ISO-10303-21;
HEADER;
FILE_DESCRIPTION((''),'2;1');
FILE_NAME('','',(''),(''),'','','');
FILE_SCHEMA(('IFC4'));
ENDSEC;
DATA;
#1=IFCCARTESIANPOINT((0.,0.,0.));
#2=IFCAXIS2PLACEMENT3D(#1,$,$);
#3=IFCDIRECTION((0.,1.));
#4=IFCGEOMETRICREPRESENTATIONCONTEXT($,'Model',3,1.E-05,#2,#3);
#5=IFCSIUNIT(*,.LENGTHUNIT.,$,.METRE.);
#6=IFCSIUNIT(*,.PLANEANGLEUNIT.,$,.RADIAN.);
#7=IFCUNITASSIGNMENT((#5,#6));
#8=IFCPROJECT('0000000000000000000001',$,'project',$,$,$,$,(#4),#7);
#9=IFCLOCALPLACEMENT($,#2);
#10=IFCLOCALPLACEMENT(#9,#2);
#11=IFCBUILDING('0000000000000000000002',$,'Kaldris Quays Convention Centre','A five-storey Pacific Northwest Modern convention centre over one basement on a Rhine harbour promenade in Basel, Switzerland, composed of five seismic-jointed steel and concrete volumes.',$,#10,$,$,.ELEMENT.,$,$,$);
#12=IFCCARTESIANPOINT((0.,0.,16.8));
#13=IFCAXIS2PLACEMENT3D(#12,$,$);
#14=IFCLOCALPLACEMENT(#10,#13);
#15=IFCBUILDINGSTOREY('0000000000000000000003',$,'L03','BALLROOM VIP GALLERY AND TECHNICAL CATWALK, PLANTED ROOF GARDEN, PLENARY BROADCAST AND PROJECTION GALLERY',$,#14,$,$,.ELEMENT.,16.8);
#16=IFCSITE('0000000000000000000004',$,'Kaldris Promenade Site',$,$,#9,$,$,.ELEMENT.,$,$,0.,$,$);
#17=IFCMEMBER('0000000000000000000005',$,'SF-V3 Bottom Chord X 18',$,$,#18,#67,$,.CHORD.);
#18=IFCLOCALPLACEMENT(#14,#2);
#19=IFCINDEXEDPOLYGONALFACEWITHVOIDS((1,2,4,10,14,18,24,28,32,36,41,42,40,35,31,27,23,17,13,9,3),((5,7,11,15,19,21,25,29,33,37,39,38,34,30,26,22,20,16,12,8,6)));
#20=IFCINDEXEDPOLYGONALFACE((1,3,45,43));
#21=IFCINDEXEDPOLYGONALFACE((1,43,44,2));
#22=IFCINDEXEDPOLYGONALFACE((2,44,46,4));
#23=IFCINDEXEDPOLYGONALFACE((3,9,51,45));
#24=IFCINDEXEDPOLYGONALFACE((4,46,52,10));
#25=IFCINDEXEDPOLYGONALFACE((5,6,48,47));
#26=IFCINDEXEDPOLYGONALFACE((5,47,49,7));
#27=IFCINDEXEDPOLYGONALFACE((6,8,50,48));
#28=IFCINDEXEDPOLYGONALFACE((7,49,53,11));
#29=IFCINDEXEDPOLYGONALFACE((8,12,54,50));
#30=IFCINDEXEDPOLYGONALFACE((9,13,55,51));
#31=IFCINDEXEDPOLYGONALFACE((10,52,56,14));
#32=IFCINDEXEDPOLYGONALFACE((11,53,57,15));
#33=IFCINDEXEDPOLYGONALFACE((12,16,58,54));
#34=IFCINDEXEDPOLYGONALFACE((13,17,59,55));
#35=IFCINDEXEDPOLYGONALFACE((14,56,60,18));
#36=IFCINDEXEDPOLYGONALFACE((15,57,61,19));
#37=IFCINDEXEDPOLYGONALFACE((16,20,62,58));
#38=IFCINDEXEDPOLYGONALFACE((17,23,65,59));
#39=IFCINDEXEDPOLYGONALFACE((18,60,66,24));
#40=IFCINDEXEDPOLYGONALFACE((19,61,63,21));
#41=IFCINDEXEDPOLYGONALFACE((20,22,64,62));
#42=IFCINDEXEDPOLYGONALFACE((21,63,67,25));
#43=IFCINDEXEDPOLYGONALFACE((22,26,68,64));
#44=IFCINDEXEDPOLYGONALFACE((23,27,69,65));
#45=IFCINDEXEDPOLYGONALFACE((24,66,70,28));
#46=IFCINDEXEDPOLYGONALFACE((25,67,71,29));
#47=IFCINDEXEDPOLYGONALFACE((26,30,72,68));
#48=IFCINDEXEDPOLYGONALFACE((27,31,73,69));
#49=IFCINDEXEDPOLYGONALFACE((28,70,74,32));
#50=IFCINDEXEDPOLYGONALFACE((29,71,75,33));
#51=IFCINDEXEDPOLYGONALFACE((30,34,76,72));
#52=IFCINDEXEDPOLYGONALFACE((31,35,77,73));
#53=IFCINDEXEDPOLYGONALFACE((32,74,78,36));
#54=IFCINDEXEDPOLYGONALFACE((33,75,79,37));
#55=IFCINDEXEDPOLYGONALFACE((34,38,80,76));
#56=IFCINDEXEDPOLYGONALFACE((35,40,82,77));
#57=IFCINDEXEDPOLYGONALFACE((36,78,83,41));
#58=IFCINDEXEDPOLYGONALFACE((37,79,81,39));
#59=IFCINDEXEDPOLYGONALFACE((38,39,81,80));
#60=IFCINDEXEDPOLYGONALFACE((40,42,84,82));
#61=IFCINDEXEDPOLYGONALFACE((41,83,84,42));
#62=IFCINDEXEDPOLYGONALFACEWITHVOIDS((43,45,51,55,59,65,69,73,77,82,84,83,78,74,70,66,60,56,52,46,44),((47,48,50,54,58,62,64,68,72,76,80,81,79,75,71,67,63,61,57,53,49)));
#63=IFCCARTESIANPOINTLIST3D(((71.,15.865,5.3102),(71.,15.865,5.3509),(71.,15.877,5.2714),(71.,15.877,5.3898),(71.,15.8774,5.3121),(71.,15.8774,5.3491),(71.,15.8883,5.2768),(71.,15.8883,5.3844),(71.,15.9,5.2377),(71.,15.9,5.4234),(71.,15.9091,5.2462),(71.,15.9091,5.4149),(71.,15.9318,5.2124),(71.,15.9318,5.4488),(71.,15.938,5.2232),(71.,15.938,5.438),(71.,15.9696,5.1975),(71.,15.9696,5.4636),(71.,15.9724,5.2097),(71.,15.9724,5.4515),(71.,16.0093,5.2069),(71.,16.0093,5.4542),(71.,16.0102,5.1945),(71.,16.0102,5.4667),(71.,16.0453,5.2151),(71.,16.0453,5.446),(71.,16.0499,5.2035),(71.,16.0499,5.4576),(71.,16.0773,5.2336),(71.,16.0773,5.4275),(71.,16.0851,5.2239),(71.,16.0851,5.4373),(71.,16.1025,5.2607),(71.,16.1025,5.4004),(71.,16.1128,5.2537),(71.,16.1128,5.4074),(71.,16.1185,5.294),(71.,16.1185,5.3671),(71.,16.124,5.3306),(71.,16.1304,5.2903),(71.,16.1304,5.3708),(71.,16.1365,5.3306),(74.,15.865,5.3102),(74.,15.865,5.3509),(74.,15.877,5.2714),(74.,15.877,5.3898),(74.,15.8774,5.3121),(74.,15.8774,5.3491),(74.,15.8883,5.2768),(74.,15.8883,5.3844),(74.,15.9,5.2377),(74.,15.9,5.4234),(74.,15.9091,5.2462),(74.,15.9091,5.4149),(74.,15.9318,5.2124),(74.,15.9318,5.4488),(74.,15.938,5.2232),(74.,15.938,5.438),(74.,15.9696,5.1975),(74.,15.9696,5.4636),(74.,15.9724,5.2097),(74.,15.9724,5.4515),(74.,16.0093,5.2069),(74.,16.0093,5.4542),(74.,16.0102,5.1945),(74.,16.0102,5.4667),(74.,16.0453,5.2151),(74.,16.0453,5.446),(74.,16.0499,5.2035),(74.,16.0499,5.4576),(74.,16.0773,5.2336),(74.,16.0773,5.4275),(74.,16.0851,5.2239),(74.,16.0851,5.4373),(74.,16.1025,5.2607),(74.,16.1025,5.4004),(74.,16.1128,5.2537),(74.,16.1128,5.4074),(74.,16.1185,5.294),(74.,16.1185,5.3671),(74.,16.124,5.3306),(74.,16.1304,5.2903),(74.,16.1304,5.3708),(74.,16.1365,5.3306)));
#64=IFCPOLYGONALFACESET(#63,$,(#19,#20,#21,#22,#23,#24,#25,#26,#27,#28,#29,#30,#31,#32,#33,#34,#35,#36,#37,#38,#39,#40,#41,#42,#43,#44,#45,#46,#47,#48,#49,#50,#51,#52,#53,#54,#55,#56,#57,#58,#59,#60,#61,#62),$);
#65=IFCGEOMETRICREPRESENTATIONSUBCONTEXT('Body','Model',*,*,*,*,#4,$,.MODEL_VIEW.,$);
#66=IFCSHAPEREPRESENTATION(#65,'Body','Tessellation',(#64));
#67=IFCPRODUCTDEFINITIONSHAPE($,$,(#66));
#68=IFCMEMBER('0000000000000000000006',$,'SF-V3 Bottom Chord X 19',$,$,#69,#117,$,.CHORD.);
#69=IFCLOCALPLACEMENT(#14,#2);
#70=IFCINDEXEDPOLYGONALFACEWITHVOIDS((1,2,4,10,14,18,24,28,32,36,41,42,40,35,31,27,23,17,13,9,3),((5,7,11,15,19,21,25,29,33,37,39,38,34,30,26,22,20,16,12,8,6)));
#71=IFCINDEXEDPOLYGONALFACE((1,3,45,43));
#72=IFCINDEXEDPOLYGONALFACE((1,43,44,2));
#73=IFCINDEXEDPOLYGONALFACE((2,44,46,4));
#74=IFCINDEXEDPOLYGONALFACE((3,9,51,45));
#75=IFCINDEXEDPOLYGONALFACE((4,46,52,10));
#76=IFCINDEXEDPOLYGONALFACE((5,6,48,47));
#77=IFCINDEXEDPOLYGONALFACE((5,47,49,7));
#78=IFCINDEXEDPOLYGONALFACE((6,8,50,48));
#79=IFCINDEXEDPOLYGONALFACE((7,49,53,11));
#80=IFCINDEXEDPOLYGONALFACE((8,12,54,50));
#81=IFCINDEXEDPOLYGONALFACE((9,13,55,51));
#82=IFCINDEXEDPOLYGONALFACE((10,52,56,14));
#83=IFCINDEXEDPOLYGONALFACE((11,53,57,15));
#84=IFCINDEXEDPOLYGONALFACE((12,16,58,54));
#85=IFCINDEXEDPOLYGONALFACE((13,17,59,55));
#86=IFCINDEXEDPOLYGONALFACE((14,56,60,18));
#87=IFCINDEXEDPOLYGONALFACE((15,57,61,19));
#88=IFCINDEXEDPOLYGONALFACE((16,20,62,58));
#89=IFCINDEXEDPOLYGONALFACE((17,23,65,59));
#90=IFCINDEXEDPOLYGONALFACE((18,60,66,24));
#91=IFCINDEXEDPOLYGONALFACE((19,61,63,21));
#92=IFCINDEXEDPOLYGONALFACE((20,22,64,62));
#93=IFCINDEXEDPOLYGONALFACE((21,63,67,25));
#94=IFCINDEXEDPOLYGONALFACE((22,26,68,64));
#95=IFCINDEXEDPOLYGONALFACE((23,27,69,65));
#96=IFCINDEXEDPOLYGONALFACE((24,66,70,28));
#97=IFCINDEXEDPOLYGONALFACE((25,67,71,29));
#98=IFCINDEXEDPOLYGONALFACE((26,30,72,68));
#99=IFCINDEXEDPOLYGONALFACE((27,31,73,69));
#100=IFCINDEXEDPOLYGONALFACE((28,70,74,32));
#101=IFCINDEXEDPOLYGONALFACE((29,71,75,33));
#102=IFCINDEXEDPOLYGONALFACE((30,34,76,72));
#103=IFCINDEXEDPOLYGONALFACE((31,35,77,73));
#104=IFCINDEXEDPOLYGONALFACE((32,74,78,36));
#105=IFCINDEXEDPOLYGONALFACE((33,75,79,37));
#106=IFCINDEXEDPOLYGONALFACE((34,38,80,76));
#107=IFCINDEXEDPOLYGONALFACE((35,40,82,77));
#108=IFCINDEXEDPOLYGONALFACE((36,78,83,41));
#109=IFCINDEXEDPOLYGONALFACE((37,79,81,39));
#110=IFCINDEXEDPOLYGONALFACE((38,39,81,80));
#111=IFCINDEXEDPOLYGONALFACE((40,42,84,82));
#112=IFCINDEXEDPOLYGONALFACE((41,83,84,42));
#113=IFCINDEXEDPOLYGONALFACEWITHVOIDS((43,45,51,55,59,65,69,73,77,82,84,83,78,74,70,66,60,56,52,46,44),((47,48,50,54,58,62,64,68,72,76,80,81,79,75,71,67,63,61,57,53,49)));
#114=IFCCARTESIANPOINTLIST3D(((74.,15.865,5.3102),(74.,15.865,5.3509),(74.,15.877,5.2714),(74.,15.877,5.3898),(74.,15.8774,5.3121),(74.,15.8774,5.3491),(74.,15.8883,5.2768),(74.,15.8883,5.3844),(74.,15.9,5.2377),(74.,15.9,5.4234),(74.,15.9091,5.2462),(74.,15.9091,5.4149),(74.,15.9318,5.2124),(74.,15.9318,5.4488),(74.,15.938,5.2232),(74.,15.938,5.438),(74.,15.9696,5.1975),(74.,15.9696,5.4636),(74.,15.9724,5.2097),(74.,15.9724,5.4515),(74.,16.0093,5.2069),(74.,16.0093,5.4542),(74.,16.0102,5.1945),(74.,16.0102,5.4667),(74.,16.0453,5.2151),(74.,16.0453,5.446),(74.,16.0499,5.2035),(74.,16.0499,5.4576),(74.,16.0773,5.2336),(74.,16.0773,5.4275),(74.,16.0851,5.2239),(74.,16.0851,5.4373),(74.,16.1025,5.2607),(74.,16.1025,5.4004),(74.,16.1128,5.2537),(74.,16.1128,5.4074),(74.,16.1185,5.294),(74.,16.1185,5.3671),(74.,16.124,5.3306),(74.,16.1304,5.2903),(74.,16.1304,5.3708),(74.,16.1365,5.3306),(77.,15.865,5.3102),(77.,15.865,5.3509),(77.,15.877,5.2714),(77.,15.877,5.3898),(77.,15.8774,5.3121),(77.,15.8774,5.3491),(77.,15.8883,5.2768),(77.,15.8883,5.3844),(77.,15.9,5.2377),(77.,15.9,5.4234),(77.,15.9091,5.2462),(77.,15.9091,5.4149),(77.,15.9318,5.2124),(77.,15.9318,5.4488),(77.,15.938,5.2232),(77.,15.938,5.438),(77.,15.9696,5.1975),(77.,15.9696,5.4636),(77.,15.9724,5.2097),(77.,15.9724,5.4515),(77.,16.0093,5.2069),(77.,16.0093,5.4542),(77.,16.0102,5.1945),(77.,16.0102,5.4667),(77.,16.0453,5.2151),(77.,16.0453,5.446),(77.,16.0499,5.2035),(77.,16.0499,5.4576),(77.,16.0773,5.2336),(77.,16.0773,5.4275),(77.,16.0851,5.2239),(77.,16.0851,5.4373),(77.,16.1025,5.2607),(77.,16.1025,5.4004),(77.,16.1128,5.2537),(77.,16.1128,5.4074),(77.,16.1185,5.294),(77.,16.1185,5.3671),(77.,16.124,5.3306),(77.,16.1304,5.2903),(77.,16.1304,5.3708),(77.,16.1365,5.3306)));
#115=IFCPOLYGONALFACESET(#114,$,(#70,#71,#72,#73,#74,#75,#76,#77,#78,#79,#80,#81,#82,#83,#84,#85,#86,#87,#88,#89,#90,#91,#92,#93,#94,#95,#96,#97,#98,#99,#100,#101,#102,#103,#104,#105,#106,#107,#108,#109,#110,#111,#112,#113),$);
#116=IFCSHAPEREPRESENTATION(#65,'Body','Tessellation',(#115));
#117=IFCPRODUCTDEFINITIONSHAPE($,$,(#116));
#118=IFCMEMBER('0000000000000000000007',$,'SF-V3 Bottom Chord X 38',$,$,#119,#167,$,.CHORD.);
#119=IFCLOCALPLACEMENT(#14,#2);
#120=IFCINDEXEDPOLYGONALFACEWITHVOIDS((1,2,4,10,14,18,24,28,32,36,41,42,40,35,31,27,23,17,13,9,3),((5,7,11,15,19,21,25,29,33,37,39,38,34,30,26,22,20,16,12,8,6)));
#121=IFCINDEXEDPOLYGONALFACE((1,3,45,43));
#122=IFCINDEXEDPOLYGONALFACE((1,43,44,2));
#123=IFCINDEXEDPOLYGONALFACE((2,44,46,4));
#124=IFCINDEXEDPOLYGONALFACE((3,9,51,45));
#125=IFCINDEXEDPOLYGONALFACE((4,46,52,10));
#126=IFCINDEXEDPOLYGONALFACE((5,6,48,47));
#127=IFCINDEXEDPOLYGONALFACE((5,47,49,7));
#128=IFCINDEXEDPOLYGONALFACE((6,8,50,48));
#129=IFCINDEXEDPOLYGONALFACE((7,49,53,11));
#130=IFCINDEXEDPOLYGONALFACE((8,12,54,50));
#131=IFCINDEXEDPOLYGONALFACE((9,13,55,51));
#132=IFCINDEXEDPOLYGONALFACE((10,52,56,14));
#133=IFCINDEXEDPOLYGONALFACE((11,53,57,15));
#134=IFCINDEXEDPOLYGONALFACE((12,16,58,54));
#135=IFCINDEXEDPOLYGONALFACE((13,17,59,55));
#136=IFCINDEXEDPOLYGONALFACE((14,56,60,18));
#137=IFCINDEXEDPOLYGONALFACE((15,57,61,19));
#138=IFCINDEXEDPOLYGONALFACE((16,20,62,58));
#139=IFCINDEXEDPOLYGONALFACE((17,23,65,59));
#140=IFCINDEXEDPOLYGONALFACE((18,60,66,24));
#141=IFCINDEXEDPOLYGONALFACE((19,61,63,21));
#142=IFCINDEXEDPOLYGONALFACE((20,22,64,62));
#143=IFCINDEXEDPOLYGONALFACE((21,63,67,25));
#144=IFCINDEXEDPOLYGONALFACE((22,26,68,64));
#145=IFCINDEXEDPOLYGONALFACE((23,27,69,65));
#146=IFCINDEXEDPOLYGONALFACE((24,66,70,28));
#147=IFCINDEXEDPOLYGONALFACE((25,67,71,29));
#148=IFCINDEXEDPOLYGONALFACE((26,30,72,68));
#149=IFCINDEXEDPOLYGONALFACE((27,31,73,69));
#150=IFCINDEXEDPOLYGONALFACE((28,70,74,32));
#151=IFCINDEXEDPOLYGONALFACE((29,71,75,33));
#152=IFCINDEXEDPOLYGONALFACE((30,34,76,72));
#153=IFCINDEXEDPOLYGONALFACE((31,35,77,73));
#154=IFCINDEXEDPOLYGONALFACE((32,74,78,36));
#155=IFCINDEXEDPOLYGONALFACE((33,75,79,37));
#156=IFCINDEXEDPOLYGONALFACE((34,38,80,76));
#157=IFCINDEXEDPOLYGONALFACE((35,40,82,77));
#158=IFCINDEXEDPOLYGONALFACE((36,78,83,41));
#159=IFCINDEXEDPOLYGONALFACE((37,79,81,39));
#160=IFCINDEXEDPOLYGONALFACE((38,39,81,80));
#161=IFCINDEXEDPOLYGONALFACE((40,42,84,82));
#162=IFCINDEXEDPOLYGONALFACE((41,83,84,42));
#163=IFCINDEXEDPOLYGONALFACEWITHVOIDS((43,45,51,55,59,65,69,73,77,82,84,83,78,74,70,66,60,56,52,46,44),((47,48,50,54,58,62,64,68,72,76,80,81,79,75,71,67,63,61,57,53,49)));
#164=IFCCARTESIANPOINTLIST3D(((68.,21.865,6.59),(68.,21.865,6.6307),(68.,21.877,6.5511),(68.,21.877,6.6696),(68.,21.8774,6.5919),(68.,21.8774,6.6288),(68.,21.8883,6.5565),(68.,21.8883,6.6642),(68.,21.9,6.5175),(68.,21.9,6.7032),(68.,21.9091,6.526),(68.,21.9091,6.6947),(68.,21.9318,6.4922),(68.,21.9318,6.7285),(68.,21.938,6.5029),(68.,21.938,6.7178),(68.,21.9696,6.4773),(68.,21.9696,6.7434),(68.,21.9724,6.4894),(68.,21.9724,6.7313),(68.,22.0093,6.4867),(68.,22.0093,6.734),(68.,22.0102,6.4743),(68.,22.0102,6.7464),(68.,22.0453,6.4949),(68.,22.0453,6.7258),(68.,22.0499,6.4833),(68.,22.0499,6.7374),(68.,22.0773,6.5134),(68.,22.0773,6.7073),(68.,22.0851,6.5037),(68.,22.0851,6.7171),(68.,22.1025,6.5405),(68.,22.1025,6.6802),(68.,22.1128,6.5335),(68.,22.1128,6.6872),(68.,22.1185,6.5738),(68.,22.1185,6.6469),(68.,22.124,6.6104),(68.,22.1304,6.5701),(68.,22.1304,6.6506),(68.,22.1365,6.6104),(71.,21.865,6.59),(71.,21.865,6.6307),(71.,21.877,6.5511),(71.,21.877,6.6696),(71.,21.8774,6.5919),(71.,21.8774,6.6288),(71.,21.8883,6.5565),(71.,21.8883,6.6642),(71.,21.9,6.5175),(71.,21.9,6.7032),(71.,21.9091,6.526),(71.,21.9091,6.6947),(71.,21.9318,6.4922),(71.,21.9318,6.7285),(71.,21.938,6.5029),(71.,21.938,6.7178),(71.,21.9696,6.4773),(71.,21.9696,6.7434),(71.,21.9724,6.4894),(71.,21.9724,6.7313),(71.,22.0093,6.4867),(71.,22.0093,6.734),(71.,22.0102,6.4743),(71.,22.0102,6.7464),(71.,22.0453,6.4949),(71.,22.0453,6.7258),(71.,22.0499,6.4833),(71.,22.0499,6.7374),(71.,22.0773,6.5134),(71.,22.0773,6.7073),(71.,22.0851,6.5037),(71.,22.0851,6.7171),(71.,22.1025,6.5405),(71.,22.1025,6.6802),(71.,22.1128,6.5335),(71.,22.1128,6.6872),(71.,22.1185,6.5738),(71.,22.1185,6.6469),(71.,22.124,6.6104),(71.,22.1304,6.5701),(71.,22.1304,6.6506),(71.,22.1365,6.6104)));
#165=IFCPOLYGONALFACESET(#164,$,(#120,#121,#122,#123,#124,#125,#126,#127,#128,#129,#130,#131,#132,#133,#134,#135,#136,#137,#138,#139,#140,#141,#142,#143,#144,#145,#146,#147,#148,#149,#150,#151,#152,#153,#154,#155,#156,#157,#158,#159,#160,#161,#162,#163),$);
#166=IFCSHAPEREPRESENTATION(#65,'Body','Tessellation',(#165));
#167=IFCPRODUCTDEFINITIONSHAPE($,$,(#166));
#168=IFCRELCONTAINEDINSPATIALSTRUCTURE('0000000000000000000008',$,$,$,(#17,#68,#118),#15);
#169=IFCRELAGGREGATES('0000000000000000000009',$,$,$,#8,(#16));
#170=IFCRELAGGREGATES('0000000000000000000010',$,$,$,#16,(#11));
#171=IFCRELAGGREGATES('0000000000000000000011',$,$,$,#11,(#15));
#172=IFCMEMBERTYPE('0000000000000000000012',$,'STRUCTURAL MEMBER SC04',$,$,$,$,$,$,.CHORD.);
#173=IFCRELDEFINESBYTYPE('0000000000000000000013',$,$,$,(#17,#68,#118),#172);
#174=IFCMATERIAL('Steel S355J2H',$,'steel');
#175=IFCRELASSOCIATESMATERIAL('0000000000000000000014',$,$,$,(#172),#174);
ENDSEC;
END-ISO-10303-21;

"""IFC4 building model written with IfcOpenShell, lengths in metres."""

from ifc_helpers import new_model, si_unit, direction, frame, origin, origin_2d, place, context, subcontext, project, spatial, hollow_circle, extrude, material, material_profile, profile_set, type_object, element, save


model = new_model("IFC4")

# Units and contexts
model_context = context("Model", 3, precision=1e-05, world=origin(), true_north=direction((0.0, 1.0)))
body_context = subcontext(model_context, "Body", "Model", "MODEL_VIEW")
ifc_project = project(units=[si_unit("LENGTHUNIT", "METRE"), si_unit("PLANEANGLEUNIT", "RADIAN")], contexts=[model_context])

# Site, building, storey
site_placement = place(None, origin())
site = spatial("IfcSite", under=ifc_project, at=site_placement, Name="Kaldris Promenade Site", CompositionType="ELEMENT", RefElevation=0.0)
building_placement = place(site_placement, origin())
building = spatial("IfcBuilding", under=site, at=building_placement, Name="Kaldris Quays Convention Centre", Description="A five-storey Pacific Northwest Modern convention centre over one basement on a Rhine harbour promenade in Basel, Switzerland, composed of five seismic-jointed steel and concrete volumes.", CompositionType="ELEMENT")
storey_placement = place(building_placement, frame((0.0, 0.0, 16.8)))
storey = spatial("IfcBuildingStorey", under=building, at=storey_placement, Name="L03", Description="BALLROOM VIP GALLERY AND TECHNICAL CATWALK, PLANTED ROOF GARDEN, PLENARY BROADCAST AND PROJECTION GALLERY", CompositionType="ELEMENT", Elevation=16.8)

# Members
ifc_material_1 = material(Name="Steel S355J2H", Category="steel")
ifc_material_profile_1 = material_profile(ifc_material_1, hollow_circle(Radius=0.1365, WallThickness=0.0125, at=origin_2d()), Name="CHS 273x12.5")
ifc_profile_set_1 = profile_set([ifc_material_profile_1], Name="Steel S355J2H")
member_type_1 = type_object("IfcMemberType", Name="STRUCTURAL MEMBER SC04", PredefinedType="CHORD", material=ifc_profile_set_1)
for number, where, z_axis, x_axis, name in (
    (1, (71.0, 16.0, 5.3306), (1.0, 0.0, 0.0), (0.0, 1.0, 0.0), "SF-V3 Bottom Chord X 18"),
    (2, (74.0, 16.0, 5.3306), (1.0, 0.0, 0.0), (0.0, 1.0, 0.0), "SF-V3 Bottom Chord X 19"),
    (3, (68.0, 22.0, 6.6104), (1.0, 0.0, 0.0), (0.0, 1.0, 0.0), "SF-V3 Bottom Chord X 38"),
):
    element("IfcMember", number, at=place(storey_placement, frame(where, z_axis=z_axis, x_axis=x_axis)), inside=storey, type_object=member_type_1, Name=name, PredefinedType="CHORD", context=body_context, shape_type="SweptSolid", body=[
        extrude(hollow_circle(Radius=0.1365, WallThickness=0.0125, at=origin_2d()), origin(), (0.0, 0.0, 1.0), 3.0),
    ])

save(model, "model.ifc")
